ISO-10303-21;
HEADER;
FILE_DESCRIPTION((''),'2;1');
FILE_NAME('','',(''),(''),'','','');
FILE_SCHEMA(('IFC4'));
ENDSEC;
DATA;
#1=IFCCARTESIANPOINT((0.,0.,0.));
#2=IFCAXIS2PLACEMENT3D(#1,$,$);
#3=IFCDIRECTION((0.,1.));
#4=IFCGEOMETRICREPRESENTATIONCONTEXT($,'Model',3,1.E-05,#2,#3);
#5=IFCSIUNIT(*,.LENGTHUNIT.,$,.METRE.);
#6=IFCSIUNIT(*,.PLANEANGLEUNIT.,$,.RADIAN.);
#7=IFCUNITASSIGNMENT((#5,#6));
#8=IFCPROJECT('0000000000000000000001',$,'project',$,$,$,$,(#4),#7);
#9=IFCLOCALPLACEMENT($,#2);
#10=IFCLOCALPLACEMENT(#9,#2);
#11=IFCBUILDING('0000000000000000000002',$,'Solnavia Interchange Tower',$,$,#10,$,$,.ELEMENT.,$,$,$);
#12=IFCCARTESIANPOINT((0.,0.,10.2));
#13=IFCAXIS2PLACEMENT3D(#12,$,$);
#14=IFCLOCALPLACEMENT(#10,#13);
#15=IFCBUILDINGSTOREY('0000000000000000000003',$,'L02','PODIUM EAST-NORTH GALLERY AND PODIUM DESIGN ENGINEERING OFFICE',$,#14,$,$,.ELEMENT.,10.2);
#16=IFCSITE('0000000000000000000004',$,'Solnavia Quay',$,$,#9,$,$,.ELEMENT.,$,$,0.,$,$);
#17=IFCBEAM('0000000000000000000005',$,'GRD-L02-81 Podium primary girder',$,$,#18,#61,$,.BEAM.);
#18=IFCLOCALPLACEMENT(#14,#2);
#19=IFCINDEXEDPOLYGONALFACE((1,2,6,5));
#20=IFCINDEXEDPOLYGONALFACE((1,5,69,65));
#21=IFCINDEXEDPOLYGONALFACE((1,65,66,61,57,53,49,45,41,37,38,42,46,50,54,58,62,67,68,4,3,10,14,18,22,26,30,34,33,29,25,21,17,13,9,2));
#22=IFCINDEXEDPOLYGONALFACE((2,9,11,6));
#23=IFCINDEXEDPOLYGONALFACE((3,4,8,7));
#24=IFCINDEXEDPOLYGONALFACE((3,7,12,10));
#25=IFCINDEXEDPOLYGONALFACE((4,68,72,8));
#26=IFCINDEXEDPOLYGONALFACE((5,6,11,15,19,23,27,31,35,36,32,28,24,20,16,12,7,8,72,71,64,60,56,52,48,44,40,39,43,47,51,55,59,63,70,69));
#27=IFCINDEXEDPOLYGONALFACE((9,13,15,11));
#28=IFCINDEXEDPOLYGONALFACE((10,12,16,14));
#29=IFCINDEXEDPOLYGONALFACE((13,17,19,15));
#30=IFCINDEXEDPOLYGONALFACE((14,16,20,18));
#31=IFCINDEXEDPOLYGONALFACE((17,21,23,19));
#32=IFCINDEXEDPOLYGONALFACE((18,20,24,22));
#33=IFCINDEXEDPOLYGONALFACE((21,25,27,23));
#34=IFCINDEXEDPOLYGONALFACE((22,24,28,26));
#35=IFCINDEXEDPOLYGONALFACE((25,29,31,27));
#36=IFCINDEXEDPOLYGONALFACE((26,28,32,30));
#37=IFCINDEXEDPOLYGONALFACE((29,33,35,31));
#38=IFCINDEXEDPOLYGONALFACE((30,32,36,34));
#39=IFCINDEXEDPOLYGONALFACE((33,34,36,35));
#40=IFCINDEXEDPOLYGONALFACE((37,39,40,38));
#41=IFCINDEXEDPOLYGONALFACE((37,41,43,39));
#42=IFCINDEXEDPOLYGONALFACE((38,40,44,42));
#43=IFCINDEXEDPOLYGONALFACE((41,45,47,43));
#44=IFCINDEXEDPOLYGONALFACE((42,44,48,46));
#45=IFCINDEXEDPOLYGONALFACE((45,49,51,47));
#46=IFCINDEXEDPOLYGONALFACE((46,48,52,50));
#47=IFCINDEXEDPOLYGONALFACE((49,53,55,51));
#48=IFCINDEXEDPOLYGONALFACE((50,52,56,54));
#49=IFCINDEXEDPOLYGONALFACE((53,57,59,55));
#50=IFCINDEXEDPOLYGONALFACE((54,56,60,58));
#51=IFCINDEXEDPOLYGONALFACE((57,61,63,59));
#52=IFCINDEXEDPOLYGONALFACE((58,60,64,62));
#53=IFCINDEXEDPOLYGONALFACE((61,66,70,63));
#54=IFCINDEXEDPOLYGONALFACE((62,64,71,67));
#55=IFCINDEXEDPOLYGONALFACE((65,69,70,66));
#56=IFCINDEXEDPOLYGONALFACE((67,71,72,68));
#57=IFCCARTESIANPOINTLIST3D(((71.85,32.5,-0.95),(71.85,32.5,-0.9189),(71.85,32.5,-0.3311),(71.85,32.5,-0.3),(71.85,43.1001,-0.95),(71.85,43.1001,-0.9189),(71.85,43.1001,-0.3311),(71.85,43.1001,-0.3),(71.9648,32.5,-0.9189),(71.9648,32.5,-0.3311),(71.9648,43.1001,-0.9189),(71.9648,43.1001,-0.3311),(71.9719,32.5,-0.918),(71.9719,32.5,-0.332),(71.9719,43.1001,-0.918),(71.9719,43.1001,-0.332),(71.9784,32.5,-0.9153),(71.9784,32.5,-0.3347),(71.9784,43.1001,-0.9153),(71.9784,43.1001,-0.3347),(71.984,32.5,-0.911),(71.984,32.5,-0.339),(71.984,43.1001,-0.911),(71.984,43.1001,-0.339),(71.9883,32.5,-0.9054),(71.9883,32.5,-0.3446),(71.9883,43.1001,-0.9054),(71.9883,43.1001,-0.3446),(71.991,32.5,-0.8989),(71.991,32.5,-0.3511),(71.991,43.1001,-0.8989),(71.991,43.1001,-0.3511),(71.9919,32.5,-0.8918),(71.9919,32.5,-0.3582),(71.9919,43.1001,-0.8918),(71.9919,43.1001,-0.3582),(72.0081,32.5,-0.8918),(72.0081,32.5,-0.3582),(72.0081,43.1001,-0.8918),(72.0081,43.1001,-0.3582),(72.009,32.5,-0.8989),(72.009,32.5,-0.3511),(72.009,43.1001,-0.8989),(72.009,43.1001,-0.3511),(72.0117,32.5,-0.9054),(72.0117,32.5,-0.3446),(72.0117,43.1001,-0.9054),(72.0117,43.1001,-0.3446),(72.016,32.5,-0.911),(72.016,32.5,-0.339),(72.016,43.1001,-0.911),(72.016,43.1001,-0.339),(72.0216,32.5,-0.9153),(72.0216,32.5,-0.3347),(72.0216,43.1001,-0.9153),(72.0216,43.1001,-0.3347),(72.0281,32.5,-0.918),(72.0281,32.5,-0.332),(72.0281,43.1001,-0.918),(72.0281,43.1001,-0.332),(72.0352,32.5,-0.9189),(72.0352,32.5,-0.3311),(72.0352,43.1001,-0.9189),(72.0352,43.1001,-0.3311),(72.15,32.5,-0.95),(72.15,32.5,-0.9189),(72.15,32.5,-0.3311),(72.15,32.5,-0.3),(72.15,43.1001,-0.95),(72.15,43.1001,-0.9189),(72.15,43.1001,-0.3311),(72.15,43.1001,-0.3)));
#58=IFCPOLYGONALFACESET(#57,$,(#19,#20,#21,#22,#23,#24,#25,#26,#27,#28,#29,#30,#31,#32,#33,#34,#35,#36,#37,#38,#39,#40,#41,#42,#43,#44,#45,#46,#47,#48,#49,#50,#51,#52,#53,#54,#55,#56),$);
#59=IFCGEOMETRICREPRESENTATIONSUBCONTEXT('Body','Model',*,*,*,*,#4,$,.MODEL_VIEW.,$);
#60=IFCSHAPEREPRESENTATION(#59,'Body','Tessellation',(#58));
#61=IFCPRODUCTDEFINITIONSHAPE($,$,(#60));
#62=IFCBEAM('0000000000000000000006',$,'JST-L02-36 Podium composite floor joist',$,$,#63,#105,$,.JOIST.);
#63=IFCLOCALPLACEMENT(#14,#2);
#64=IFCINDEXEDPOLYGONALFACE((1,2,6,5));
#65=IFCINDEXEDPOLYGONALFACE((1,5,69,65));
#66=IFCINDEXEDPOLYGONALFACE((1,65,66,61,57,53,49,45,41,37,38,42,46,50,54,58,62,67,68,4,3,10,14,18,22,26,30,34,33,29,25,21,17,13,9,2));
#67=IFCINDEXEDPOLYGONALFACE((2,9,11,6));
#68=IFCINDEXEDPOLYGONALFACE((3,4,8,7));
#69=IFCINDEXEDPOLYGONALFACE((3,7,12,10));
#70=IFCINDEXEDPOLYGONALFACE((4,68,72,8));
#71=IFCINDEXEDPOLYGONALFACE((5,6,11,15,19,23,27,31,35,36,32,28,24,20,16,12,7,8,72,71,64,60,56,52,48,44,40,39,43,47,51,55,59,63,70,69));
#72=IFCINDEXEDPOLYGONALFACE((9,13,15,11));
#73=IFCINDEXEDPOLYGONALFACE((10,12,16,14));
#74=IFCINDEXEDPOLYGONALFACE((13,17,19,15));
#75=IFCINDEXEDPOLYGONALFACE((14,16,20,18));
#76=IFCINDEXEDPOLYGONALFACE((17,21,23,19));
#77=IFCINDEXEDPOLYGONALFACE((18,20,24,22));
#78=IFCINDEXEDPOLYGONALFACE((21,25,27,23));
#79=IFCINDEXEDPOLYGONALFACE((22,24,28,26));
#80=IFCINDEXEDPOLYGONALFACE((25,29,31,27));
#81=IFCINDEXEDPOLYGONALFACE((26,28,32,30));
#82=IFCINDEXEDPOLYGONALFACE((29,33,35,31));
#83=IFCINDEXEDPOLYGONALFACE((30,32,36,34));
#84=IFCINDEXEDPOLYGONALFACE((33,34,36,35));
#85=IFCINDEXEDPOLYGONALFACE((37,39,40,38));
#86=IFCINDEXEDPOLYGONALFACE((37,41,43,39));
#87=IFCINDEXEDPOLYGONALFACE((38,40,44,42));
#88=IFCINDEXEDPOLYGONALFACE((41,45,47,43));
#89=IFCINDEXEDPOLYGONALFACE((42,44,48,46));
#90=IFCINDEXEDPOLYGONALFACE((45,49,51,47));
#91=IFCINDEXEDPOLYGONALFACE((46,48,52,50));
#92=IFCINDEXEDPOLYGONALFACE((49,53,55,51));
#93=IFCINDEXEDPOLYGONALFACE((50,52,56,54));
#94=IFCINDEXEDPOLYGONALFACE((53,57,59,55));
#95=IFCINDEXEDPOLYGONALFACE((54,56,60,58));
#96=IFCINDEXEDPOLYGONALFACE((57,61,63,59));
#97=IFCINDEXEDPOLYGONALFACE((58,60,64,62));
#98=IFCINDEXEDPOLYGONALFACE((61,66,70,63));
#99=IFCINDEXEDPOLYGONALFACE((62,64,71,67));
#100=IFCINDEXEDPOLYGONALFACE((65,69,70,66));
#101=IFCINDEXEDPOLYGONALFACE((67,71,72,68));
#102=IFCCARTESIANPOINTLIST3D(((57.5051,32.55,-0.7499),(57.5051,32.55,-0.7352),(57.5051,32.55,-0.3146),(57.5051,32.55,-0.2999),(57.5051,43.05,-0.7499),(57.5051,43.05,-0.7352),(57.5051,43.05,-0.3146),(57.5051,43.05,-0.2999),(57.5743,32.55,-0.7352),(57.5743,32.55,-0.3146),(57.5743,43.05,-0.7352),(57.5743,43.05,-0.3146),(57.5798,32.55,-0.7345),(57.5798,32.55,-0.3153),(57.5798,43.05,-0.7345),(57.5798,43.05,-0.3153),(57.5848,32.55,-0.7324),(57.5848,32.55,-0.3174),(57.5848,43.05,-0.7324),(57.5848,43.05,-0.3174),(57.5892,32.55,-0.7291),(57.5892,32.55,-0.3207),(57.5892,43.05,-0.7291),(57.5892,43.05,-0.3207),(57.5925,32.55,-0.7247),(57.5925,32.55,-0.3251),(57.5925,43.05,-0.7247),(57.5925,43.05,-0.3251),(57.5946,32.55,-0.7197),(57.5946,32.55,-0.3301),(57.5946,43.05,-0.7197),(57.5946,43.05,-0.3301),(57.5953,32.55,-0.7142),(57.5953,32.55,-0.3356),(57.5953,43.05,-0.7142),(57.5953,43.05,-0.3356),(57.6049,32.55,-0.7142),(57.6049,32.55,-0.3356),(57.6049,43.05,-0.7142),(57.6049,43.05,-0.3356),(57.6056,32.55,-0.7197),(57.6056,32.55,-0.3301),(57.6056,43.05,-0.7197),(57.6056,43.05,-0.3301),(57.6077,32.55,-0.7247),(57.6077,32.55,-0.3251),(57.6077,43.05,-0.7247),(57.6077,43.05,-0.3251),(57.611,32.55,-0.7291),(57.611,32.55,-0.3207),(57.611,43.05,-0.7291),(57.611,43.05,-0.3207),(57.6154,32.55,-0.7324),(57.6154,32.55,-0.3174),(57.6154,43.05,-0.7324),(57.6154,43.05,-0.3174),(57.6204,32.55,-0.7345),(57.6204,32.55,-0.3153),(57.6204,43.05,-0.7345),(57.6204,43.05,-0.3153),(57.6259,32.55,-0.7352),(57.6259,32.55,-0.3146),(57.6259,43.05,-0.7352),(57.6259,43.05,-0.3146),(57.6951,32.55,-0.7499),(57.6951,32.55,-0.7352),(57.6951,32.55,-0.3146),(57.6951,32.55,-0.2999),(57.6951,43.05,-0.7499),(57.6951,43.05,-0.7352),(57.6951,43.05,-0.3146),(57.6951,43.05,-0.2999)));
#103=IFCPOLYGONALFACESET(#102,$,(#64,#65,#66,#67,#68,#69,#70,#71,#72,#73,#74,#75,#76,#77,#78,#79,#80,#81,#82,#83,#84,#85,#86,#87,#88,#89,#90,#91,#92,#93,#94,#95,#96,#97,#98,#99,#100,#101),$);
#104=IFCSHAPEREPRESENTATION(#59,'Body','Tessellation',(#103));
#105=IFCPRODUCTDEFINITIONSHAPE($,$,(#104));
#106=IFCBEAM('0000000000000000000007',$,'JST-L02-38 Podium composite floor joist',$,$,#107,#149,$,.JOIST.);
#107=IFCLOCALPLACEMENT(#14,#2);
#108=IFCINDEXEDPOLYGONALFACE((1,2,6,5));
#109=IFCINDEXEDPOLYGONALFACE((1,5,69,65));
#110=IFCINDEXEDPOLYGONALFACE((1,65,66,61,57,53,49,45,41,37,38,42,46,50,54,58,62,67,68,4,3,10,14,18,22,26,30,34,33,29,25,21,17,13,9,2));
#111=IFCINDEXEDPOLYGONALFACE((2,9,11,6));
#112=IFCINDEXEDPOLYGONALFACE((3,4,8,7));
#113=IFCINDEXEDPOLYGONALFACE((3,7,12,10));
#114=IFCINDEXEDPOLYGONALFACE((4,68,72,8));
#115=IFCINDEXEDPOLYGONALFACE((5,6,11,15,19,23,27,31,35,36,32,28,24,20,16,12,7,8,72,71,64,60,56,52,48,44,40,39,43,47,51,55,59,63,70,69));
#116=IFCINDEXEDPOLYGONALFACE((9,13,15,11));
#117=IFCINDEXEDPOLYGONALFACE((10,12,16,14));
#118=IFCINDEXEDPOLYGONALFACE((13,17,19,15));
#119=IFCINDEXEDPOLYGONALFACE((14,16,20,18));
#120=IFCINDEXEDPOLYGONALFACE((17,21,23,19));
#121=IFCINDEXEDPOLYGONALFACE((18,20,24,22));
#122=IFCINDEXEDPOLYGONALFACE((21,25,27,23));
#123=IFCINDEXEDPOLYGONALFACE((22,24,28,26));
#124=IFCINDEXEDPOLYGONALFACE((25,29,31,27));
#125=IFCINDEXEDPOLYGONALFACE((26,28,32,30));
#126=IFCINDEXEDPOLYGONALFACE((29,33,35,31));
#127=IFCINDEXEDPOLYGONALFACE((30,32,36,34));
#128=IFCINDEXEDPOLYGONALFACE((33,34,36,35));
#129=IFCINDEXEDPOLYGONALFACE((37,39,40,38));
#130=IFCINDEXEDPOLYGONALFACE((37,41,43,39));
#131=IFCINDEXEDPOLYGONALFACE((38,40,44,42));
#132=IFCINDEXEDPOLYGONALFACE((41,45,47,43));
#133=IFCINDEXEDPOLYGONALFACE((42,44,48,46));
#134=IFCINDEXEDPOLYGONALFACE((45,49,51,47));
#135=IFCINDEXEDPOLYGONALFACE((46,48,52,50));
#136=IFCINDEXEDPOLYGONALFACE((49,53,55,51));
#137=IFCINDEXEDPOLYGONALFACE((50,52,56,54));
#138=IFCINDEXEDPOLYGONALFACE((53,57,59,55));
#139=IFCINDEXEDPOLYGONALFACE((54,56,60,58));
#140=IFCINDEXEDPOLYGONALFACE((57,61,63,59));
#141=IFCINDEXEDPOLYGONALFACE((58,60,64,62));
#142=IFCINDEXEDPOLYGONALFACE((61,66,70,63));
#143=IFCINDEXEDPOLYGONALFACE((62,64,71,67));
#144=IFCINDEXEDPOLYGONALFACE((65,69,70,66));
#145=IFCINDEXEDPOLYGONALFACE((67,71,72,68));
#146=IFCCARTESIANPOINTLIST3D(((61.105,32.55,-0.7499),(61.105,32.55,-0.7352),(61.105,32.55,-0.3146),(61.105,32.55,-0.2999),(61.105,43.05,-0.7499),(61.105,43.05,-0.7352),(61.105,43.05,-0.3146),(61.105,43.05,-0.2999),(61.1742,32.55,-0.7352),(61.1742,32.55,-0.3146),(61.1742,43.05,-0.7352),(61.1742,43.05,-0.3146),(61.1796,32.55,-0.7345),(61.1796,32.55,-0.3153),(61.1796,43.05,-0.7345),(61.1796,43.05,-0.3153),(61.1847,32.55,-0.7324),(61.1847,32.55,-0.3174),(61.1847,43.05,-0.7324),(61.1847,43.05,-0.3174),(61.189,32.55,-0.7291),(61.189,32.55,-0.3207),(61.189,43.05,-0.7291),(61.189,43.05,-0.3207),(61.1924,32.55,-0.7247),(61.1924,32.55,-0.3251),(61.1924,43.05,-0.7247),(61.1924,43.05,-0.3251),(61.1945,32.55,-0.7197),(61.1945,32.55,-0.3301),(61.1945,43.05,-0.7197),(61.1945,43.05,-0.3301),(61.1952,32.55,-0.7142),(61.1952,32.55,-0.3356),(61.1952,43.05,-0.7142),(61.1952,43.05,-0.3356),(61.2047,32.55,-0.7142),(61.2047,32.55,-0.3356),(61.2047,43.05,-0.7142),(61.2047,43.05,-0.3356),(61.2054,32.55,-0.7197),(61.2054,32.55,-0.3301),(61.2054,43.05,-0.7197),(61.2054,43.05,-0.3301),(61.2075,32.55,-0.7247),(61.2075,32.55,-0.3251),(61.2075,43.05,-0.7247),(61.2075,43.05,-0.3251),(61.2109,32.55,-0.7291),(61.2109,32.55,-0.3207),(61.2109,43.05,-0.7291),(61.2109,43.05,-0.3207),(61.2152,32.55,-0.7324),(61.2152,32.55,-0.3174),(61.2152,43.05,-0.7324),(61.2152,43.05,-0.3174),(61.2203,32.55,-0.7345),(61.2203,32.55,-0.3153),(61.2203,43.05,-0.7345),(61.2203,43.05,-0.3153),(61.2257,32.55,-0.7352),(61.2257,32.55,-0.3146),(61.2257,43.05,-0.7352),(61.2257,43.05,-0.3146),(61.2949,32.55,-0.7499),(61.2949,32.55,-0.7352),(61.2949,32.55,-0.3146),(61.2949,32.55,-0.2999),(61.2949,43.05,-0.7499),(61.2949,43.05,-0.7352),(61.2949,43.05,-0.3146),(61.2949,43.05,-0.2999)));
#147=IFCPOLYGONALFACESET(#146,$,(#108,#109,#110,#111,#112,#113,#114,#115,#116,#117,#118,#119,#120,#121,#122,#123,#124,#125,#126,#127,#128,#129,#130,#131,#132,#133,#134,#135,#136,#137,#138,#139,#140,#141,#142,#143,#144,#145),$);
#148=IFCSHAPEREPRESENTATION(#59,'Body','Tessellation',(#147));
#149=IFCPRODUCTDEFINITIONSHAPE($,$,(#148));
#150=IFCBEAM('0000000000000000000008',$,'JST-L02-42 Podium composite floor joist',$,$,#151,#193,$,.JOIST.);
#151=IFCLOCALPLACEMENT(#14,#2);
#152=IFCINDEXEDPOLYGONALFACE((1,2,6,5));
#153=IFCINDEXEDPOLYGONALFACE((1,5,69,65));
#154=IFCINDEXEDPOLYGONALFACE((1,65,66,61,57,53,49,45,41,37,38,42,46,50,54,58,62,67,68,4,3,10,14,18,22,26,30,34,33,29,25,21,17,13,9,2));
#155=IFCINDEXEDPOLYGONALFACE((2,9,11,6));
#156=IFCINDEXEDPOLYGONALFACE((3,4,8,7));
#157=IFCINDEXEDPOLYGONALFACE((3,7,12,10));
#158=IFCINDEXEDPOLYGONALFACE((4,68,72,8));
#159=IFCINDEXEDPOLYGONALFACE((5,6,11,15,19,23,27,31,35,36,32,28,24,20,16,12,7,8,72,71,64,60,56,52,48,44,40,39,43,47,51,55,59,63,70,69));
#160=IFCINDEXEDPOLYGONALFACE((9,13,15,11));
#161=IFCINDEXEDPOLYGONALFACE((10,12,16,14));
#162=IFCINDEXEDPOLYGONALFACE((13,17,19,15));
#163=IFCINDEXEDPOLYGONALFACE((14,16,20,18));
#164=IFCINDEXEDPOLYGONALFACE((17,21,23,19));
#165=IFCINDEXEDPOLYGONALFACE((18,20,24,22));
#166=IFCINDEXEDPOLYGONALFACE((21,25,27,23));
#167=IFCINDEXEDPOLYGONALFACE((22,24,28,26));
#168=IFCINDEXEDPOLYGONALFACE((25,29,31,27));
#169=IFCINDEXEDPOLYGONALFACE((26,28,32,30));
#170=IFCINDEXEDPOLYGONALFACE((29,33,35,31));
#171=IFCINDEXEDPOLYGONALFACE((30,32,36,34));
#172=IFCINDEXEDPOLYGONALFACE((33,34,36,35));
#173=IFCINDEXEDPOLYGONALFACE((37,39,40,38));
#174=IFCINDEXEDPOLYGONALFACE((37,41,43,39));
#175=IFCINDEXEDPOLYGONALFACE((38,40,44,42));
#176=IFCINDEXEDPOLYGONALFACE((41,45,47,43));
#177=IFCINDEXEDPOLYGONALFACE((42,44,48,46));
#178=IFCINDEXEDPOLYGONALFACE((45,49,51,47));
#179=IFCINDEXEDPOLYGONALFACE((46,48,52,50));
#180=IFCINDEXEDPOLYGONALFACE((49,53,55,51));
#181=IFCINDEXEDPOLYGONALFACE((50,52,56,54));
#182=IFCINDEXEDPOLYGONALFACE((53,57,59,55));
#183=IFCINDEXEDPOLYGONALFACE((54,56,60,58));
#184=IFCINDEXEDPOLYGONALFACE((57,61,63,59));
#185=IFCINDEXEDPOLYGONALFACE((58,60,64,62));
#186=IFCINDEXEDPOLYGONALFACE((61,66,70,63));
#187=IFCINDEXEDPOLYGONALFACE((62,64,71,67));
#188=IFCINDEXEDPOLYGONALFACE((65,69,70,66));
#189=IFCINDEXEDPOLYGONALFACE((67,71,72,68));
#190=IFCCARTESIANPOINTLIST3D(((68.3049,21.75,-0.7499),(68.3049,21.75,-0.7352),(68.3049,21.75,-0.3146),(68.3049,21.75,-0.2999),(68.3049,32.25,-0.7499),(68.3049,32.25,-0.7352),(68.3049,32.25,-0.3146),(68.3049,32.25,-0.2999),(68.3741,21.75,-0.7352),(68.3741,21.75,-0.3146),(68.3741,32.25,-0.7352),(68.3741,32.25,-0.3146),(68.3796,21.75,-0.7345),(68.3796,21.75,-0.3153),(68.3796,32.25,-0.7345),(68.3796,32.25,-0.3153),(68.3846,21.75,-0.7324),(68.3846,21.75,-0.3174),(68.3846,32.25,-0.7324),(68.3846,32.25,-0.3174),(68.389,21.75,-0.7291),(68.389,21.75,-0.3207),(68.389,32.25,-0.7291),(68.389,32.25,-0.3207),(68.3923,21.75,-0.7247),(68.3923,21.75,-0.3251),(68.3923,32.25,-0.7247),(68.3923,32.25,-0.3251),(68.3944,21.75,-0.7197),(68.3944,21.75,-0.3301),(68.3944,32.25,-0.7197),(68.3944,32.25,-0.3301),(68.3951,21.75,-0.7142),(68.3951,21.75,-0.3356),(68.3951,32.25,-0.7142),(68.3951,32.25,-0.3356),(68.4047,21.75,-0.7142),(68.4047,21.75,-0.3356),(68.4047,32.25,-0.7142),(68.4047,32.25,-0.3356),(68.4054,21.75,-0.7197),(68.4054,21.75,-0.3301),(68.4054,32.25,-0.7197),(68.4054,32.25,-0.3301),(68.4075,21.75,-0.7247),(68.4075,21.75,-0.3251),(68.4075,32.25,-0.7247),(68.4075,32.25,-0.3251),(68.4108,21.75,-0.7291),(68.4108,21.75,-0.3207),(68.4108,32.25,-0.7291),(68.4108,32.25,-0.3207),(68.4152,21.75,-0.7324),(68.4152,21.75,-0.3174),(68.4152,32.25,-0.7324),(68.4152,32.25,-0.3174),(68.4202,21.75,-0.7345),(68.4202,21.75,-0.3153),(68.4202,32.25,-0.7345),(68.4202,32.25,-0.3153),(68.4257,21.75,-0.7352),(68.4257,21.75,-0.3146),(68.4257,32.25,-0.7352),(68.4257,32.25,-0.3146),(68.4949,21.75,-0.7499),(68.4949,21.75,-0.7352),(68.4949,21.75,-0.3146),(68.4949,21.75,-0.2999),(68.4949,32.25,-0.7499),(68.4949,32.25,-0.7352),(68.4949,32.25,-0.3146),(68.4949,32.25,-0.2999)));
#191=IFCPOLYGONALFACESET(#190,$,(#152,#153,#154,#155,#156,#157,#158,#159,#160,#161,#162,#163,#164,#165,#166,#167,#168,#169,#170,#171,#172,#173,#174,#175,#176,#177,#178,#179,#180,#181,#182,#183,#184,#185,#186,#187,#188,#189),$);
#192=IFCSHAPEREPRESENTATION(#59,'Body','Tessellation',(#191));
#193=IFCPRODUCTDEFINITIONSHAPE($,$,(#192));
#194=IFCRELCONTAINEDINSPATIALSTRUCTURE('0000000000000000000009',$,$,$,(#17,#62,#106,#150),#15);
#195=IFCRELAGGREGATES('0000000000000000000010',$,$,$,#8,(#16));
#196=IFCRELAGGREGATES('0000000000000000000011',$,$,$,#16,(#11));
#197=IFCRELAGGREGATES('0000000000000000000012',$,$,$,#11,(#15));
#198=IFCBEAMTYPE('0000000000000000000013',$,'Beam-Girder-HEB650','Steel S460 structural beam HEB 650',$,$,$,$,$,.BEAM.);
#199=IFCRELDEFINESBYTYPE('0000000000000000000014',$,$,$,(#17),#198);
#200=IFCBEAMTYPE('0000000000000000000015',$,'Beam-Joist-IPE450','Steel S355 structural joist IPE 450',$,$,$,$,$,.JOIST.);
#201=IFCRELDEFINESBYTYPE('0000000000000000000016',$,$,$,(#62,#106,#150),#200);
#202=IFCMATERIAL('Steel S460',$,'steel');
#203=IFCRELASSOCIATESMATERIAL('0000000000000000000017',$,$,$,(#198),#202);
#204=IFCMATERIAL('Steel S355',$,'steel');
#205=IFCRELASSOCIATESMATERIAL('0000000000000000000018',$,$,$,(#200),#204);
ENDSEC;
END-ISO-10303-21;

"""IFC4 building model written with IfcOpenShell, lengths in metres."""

from ifc_helpers import new_model, si_unit, direction, frame, origin, origin_2d, place, context, subcontext, project, spatial, i_section, extrude, material, material_profile, profile_set, type_object, element, save


model = new_model("IFC4")

# Units and contexts
model_context = context("Model", 3, precision=1e-05, world=origin(), true_north=direction((0.0, 1.0)))
body_context = subcontext(model_context, "Body", "Model", "MODEL_VIEW")
ifc_project = project(units=[si_unit("LENGTHUNIT", "METRE"), si_unit("PLANEANGLEUNIT", "RADIAN")], contexts=[model_context])

# Site, building, storey
site_placement = place(None, origin())
site = spatial("IfcSite", under=ifc_project, at=site_placement, Name="Solnavia Quay", CompositionType="ELEMENT", RefElevation=0.0)
building_placement = place(site_placement, origin())
building = spatial("IfcBuilding", under=site, at=building_placement, Name="Solnavia Interchange Tower", CompositionType="ELEMENT")
storey_placement = place(building_placement, frame((0.0, 0.0, 10.2)))
storey = spatial("IfcBuildingStorey", under=building, at=storey_placement, Name="L02", Description="PODIUM EAST-NORTH GALLERY AND PODIUM DESIGN ENGINEERING OFFICE", CompositionType="ELEMENT", Elevation=10.2)

# Beams
ifc_material_1 = material(Name="Steel S460", Category="steel")
ifc_material_profile_1 = material_profile(ifc_material_1, i_section(OverallWidth=0.3, OverallDepth=0.6499, WebThickness=0.0161, FlangeThickness=0.031, FilletRadius=0.0271, at=origin_2d()), Name="HEB 650")
ifc_profile_set_1 = profile_set([ifc_material_profile_1], Name="Steel S460")
beam_type_1 = type_object("IfcBeamType", Name="Beam-Girder-HEB650", Description="Steel S460 structural beam HEB 650", PredefinedType="BEAM", material=ifc_profile_set_1)
for number, where, z_axis, x_axis, name in (
    (1, (72.0, 32.5, -0.625), (0.0, 1.0, 0.0), (-1.0, 0.0, 0.0), "GRD-L02-81 Podium primary girder"),
):
    element("IfcBeam", number, at=place(storey_placement, frame(where, z_axis=z_axis, x_axis=x_axis)), inside=storey, type_object=beam_type_1, Name=name, PredefinedType="BEAM", context=body_context, shape_type="SweptSolid", body=[
        extrude(i_section(OverallWidth=0.3, OverallDepth=0.6499, WebThickness=0.0161, FlangeThickness=0.031, FilletRadius=0.0271, at=origin_2d()), origin(), (0.0, 0.0, 1.0), 10.6001),
    ])
ifc_material_2 = material(Name="Steel S355", Category="steel")
ifc_material_profile_2 = material_profile(ifc_material_2, i_section(OverallWidth=0.1899, OverallDepth=0.45, WebThickness=0.0095, FlangeThickness=0.0146, FilletRadius=0.021, at=origin_2d()), Name="IPE 450")
ifc_profile_set_2 = profile_set([ifc_material_profile_2], Name="Steel S355")
beam_type_2 = type_object("IfcBeamType", Name="Beam-Joist-IPE450", Description="Steel S355 structural joist IPE 450", PredefinedType="JOIST", material=ifc_profile_set_2)
for number, where, z_axis, x_axis, name in (
    (2, (57.6001, 32.55, -0.5249), (0.0, 1.0, 0.0), (-1.0, 0.0, 0.0), "JST-L02-36 Podium composite floor joist"),
    (3, (61.2, 32.55, -0.5249), (0.0, 1.0, 0.0), (-1.0, 0.0, 0.0), "JST-L02-38 Podium composite floor joist"),
    (4, (68.3999, 21.75, -0.5249), (0.0, 1.0, 0.0), (-1.0, 0.0, 0.0), "JST-L02-42 Podium composite floor joist"),
):
    element("IfcBeam", number, at=place(storey_placement, frame(where, z_axis=z_axis, x_axis=x_axis)), inside=storey, type_object=beam_type_2, Name=name, PredefinedType="JOIST", context=body_context, shape_type="SweptSolid", body=[
        extrude(i_section(OverallWidth=0.1899, OverallDepth=0.45, WebThickness=0.0095, FlangeThickness=0.0146, FilletRadius=0.021, at=origin_2d()), origin(), (0.0, 0.0, 1.0), 10.5),
    ])

save(model, "model.ifc")
